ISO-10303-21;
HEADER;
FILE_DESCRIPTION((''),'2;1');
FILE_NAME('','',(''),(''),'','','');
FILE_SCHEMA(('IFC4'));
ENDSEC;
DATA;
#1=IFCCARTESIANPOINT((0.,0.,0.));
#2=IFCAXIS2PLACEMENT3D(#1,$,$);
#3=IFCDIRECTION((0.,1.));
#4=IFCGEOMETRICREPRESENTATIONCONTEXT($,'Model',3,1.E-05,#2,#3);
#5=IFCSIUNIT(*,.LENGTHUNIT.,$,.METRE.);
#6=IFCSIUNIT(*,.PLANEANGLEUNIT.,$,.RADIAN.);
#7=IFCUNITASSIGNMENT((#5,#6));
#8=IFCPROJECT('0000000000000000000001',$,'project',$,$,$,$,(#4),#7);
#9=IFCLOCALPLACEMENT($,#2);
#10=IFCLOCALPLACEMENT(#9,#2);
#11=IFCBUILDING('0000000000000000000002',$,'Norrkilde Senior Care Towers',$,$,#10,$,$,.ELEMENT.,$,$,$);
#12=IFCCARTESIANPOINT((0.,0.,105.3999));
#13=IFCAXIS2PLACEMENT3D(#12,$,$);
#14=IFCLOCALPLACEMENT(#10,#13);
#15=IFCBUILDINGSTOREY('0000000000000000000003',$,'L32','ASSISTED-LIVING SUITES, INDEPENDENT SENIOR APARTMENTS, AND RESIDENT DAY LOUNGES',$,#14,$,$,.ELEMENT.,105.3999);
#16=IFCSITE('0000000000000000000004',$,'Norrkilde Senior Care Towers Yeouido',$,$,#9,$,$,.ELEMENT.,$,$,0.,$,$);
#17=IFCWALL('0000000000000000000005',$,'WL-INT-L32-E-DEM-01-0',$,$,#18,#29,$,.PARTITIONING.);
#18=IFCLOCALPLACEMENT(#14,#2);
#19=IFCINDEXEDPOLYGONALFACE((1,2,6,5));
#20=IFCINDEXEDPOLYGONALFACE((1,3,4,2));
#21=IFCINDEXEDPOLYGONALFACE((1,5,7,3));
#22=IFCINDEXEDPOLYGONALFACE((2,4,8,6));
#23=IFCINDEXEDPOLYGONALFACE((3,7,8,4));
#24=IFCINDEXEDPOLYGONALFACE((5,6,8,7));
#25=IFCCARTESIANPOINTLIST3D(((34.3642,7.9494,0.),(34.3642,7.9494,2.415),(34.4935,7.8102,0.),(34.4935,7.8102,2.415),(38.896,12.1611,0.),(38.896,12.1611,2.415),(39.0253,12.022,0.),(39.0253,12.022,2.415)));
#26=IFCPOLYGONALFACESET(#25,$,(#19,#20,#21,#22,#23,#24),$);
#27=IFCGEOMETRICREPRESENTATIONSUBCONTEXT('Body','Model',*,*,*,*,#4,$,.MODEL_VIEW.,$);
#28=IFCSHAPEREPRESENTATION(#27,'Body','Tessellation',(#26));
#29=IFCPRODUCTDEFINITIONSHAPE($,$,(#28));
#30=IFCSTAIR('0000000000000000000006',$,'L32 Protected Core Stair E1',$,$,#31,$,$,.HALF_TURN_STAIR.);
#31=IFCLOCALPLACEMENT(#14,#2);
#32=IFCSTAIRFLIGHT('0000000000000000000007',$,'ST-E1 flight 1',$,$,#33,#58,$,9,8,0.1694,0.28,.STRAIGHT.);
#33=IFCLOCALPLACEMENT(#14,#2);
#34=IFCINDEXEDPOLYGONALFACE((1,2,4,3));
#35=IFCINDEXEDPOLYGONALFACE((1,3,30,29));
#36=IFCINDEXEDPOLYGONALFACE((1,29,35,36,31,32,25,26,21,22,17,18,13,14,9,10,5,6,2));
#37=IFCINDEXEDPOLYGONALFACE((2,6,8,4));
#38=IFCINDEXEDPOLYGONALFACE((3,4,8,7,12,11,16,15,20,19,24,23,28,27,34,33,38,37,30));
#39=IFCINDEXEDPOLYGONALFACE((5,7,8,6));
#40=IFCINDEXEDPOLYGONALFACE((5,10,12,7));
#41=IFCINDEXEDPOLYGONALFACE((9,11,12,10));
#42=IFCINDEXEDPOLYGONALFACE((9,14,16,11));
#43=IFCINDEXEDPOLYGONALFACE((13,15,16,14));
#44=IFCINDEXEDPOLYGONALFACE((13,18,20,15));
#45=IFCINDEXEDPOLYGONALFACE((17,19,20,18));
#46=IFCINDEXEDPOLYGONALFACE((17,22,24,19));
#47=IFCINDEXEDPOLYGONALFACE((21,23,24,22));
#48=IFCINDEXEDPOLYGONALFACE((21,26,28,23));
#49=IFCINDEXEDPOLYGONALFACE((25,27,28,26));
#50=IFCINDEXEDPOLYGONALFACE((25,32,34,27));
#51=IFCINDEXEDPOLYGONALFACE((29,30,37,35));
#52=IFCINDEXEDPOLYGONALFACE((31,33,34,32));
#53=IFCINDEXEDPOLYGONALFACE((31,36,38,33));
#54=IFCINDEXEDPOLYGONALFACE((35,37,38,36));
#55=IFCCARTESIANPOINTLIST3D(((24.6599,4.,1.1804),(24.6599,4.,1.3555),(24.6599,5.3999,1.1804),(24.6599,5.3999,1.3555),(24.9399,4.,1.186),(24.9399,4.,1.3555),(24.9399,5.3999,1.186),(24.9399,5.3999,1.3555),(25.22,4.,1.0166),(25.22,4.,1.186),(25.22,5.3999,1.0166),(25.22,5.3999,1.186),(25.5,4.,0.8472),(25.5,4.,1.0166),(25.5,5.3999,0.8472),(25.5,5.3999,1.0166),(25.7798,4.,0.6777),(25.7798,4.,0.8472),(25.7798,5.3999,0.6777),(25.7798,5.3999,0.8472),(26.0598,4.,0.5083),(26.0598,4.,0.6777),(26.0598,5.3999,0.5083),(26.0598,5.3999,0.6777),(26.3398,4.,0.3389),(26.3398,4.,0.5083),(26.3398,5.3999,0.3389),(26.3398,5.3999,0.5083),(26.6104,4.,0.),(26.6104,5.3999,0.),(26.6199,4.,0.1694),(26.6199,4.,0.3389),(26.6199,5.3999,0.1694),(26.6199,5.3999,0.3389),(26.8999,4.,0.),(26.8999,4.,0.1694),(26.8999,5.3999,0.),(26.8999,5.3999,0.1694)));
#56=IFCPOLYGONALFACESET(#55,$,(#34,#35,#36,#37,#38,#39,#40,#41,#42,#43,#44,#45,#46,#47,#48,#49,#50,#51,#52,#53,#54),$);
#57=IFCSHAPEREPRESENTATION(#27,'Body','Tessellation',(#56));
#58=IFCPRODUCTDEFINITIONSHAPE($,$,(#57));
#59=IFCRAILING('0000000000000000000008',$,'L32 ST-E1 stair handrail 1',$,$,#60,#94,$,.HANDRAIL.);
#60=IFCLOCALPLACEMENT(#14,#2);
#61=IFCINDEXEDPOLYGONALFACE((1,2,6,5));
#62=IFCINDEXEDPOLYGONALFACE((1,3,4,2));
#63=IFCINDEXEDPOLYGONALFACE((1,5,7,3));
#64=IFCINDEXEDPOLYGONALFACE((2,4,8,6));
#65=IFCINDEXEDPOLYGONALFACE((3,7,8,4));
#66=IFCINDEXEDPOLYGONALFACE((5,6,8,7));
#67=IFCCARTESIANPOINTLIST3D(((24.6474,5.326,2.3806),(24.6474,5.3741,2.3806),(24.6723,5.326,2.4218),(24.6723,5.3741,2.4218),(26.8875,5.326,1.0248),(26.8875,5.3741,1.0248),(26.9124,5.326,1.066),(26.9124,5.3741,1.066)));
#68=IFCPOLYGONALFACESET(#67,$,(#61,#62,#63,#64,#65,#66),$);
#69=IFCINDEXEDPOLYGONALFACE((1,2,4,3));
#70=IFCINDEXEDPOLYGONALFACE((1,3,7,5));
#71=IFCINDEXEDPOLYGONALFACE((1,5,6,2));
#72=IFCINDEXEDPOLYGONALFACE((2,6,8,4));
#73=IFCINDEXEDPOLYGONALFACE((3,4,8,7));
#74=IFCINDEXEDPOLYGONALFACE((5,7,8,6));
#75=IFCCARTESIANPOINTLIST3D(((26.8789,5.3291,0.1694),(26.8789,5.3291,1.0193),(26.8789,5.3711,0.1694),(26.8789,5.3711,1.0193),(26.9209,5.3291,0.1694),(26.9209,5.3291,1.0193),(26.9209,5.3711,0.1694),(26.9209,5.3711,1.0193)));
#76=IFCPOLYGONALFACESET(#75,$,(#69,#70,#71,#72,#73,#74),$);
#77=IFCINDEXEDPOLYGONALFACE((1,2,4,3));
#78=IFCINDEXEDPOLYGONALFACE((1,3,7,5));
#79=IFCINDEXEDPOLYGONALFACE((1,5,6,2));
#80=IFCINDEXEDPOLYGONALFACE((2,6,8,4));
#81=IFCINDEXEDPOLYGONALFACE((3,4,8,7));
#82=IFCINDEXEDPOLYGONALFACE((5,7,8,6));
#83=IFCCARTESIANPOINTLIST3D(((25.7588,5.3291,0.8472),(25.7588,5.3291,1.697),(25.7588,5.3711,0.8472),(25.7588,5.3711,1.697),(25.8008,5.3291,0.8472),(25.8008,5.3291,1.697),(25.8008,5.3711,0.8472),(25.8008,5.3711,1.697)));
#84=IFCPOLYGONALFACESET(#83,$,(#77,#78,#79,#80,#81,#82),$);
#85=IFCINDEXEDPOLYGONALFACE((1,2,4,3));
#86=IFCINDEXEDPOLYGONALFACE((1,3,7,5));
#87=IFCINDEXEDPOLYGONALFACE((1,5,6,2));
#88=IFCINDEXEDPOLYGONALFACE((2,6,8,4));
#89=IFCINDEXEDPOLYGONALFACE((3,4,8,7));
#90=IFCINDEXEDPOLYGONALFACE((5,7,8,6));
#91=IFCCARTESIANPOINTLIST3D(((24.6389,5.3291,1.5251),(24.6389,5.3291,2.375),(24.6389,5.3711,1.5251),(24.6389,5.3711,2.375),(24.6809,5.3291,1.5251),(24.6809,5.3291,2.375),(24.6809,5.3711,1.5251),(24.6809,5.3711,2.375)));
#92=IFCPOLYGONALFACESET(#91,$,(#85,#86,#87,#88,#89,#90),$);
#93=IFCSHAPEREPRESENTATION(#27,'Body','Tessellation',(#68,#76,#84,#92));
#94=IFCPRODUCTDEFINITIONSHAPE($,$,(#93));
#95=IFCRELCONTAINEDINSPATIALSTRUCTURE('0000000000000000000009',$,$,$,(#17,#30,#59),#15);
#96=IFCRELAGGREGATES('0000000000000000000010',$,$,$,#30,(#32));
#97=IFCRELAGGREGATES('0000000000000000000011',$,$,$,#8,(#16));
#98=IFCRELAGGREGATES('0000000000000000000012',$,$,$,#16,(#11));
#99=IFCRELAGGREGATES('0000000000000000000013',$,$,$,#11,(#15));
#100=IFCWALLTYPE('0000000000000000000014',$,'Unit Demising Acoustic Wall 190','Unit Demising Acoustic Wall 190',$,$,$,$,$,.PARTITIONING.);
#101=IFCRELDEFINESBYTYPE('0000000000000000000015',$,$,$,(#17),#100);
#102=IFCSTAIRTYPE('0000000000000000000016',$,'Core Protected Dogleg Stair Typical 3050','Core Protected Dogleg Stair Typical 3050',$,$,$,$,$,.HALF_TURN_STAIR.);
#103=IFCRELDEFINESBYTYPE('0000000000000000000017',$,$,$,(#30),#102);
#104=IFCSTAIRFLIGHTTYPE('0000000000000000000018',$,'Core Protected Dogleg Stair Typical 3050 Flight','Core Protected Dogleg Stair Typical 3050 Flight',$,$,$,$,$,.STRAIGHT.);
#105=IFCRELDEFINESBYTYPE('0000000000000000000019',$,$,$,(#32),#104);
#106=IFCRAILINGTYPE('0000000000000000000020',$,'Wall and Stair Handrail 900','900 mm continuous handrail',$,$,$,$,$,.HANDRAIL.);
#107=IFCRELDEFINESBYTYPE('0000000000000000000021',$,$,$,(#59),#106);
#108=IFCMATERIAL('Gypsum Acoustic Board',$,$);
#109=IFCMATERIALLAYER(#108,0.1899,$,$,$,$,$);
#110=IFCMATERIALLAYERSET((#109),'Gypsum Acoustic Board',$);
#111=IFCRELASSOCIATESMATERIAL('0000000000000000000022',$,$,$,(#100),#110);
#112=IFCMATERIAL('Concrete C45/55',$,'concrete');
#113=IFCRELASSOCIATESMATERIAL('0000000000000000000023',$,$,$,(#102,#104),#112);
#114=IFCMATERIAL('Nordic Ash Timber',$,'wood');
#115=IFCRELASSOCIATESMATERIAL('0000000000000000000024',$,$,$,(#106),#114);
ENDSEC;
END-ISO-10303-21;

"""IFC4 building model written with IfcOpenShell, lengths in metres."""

from ifc_helpers import new_model, si_unit, direction, frame, frame_2d, origin, origin_2d, place, context, subcontext, project, spatial, polyline, rectangle, outline, extrude, source, transform, mapped, material, layer, layer_set, type_object, type_shapes, element, aggregate, save


model = new_model("IFC4")

# Units and contexts
model_context = context("Model", 3, precision=1e-05, world=origin(), true_north=direction((0.0, 1.0)))
body_context = subcontext(model_context, "Body", "Model", "MODEL_VIEW")
ifc_project = project(units=[si_unit("LENGTHUNIT", "METRE"), si_unit("PLANEANGLEUNIT", "RADIAN")], contexts=[model_context])

# Site, building, storey
site_placement = place(None, origin())
site = spatial("IfcSite", under=ifc_project, at=site_placement, Name="Norrkilde Senior Care Towers Yeouido", CompositionType="ELEMENT", RefElevation=0.0)
building_placement = place(site_placement, origin())
building = spatial("IfcBuilding", under=site, at=building_placement, Name="Norrkilde Senior Care Towers", CompositionType="ELEMENT")
storey_placement = place(building_placement, frame((0.0, 0.0, 105.3999)))
storey = spatial("IfcBuildingStorey", under=building, at=storey_placement, Name="L32", Description="ASSISTED-LIVING SUITES, INDEPENDENT SENIOR APARTMENTS, AND RESIDENT DAY LOUNGES", CompositionType="ELEMENT", Elevation=105.3999)

# Shared definitions
ifc_material_1 = material(Name="Gypsum Acoustic Board")
ifc_material_2 = material(Name="Nordic Ash Timber", Category="wood")

# Wall
ifc_layer_1 = layer(ifc_material_1, 0.1899)
ifc_layer_set_1 = layer_set([ifc_layer_1], Name="Gypsum Acoustic Board")
wall_type_1 = type_object("IfcWallType", Name="Unit Demising Acoustic Wall 190", Description="Unit Demising Acoustic Wall 190", PredefinedType="PARTITIONING", material=ifc_layer_set_1)
shared_shape_1 = source(origin(), body_context, "Body", "SweptSolid", [
    extrude(rectangle(XDim=6.1868, YDim=0.1899, at=frame_2d((3.0933, 0.0))), origin(), (0.0, 0.0, 1.0), 2.415),
])
type_shapes(wall_type_1, [shared_shape_1])
wall_1_placement = place(storey_placement, frame((34.429, 7.8799, 0.0), z_axis=(0.0, 0.0, 1.0), x_axis=(0.732501, 0.680766, 0.0)))
element("IfcWall", 1, at=wall_1_placement, inside=storey, type_object=wall_type_1, Name="WL-INT-L32-E-DEM-01-0", PredefinedType="PARTITIONING", context=body_context, shape_type="MappedRepresentation", body=[
    mapped(shared_shape_1, transform((0.0, 0.0, 0.0), x_axis=(1.0, 0.0, 0.0), y_axis=(0.0, 1.0, 0.0), z_axis=(0.0, 0.0, 1.0), scale=1.0)),
])

# Stair, stair flight
ifc_material_3 = material(Name="Concrete C45/55", Category="concrete")
stair_type = type_object("IfcStairType", Name="Core Protected Dogleg Stair Typical 3050", Description="Core Protected Dogleg Stair Typical 3050", PredefinedType="HALF_TURN_STAIR", material=ifc_material_3)
stair_placement = place(storey_placement, origin())
stair = element("IfcStair", 2, at=stair_placement, inside=storey, type_object=stair_type, Name="L32 Protected Core Stair E1", PredefinedType="HALF_TURN_STAIR")
stair_flight_type = type_object("IfcStairFlightType", Name="Core Protected Dogleg Stair Typical 3050 Flight", Description="Core Protected Dogleg Stair Typical 3050 Flight", PredefinedType="STRAIGHT", material=ifc_material_3)
stair_flight_placement = place(storey_placement, frame((26.8999, 4.7, 0.0), z_axis=(0.0, 0.0, 1.0), x_axis=(-1.0, 0.0, 0.0)))
stair_flight = element("IfcStairFlight", 3, at=stair_flight_placement, type_object=stair_flight_type, Name="ST-E1 flight 1", NumberOfRisers=9, NumberOfTreads=8, PredefinedType="STRAIGHT", RiserHeight=0.1694, TreadLength=0.28, context=body_context, shape_type="SweptSolid", body=[
    extrude(outline(polyline([(0.0, 0.0), (0.0, 0.1694), (0.28, 0.1694), (0.28, 0.3389), (0.5601, 0.3389), (0.5601, 0.5083), (0.8401, 0.5083), (0.8401, 0.6777), (1.1201, 0.6777), (1.1201, 0.8472), (1.3999, 0.8472), (1.3999, 1.0166), (1.6799, 1.0166), (1.6799, 1.186), (1.96, 1.186), (1.96, 1.3555), (2.24, 1.3555), (2.24, 1.5249), (2.24, 1.1804), (0.2896, 0.0), (0.0, 0.0)])), frame((0.0, 0.7, 0.0), z_axis=(0.0, -1.0, 0.0), x_axis=(1.0, 0.0, 0.0)), (0.0, 0.0, 1.0), 1.3999),
])
aggregate(stair, [stair_flight])

# Railing
railing_type = type_object("IfcRailingType", Name="Wall and Stair Handrail 900", Description="900 mm continuous handrail", PredefinedType="HANDRAIL", material=ifc_material_2)
railing_placement = place(storey_placement, frame((26.8999, 5.3501, 0.1694)))
element("IfcRailing", 4, at=railing_placement, inside=storey, type_object=railing_type, Name="L32 ST-E1 stair handrail 1", PredefinedType="HANDRAIL", context=body_context, shape_type="SweptSolid", body=[
    extrude(rectangle(XDim=0.0481, YDim=0.0481, at=origin_2d()), frame((0.0, 0.0, 0.876), z_axis=(-0.855512, 0.0, 0.517783), x_axis=(0.0, -1.0, 0.0)), (0.0, 0.0, 1.0), 2.6184),
    extrude(rectangle(XDim=0.042, YDim=0.042, at=origin_2d()), origin(), (0.0, 0.0, 1.0), 0.8499),
    extrude(rectangle(XDim=0.042, YDim=0.042, at=origin_2d()), frame((-1.1201, 0.0, 0.6777)), (0.0, 0.0, 1.0), 0.8499),
    extrude(rectangle(XDim=0.042, YDim=0.042, at=origin_2d()), frame((-2.24, 0.0, 1.3557)), (0.0, 0.0, 1.0), 0.8499),
])

save(model, "model.ifc")
